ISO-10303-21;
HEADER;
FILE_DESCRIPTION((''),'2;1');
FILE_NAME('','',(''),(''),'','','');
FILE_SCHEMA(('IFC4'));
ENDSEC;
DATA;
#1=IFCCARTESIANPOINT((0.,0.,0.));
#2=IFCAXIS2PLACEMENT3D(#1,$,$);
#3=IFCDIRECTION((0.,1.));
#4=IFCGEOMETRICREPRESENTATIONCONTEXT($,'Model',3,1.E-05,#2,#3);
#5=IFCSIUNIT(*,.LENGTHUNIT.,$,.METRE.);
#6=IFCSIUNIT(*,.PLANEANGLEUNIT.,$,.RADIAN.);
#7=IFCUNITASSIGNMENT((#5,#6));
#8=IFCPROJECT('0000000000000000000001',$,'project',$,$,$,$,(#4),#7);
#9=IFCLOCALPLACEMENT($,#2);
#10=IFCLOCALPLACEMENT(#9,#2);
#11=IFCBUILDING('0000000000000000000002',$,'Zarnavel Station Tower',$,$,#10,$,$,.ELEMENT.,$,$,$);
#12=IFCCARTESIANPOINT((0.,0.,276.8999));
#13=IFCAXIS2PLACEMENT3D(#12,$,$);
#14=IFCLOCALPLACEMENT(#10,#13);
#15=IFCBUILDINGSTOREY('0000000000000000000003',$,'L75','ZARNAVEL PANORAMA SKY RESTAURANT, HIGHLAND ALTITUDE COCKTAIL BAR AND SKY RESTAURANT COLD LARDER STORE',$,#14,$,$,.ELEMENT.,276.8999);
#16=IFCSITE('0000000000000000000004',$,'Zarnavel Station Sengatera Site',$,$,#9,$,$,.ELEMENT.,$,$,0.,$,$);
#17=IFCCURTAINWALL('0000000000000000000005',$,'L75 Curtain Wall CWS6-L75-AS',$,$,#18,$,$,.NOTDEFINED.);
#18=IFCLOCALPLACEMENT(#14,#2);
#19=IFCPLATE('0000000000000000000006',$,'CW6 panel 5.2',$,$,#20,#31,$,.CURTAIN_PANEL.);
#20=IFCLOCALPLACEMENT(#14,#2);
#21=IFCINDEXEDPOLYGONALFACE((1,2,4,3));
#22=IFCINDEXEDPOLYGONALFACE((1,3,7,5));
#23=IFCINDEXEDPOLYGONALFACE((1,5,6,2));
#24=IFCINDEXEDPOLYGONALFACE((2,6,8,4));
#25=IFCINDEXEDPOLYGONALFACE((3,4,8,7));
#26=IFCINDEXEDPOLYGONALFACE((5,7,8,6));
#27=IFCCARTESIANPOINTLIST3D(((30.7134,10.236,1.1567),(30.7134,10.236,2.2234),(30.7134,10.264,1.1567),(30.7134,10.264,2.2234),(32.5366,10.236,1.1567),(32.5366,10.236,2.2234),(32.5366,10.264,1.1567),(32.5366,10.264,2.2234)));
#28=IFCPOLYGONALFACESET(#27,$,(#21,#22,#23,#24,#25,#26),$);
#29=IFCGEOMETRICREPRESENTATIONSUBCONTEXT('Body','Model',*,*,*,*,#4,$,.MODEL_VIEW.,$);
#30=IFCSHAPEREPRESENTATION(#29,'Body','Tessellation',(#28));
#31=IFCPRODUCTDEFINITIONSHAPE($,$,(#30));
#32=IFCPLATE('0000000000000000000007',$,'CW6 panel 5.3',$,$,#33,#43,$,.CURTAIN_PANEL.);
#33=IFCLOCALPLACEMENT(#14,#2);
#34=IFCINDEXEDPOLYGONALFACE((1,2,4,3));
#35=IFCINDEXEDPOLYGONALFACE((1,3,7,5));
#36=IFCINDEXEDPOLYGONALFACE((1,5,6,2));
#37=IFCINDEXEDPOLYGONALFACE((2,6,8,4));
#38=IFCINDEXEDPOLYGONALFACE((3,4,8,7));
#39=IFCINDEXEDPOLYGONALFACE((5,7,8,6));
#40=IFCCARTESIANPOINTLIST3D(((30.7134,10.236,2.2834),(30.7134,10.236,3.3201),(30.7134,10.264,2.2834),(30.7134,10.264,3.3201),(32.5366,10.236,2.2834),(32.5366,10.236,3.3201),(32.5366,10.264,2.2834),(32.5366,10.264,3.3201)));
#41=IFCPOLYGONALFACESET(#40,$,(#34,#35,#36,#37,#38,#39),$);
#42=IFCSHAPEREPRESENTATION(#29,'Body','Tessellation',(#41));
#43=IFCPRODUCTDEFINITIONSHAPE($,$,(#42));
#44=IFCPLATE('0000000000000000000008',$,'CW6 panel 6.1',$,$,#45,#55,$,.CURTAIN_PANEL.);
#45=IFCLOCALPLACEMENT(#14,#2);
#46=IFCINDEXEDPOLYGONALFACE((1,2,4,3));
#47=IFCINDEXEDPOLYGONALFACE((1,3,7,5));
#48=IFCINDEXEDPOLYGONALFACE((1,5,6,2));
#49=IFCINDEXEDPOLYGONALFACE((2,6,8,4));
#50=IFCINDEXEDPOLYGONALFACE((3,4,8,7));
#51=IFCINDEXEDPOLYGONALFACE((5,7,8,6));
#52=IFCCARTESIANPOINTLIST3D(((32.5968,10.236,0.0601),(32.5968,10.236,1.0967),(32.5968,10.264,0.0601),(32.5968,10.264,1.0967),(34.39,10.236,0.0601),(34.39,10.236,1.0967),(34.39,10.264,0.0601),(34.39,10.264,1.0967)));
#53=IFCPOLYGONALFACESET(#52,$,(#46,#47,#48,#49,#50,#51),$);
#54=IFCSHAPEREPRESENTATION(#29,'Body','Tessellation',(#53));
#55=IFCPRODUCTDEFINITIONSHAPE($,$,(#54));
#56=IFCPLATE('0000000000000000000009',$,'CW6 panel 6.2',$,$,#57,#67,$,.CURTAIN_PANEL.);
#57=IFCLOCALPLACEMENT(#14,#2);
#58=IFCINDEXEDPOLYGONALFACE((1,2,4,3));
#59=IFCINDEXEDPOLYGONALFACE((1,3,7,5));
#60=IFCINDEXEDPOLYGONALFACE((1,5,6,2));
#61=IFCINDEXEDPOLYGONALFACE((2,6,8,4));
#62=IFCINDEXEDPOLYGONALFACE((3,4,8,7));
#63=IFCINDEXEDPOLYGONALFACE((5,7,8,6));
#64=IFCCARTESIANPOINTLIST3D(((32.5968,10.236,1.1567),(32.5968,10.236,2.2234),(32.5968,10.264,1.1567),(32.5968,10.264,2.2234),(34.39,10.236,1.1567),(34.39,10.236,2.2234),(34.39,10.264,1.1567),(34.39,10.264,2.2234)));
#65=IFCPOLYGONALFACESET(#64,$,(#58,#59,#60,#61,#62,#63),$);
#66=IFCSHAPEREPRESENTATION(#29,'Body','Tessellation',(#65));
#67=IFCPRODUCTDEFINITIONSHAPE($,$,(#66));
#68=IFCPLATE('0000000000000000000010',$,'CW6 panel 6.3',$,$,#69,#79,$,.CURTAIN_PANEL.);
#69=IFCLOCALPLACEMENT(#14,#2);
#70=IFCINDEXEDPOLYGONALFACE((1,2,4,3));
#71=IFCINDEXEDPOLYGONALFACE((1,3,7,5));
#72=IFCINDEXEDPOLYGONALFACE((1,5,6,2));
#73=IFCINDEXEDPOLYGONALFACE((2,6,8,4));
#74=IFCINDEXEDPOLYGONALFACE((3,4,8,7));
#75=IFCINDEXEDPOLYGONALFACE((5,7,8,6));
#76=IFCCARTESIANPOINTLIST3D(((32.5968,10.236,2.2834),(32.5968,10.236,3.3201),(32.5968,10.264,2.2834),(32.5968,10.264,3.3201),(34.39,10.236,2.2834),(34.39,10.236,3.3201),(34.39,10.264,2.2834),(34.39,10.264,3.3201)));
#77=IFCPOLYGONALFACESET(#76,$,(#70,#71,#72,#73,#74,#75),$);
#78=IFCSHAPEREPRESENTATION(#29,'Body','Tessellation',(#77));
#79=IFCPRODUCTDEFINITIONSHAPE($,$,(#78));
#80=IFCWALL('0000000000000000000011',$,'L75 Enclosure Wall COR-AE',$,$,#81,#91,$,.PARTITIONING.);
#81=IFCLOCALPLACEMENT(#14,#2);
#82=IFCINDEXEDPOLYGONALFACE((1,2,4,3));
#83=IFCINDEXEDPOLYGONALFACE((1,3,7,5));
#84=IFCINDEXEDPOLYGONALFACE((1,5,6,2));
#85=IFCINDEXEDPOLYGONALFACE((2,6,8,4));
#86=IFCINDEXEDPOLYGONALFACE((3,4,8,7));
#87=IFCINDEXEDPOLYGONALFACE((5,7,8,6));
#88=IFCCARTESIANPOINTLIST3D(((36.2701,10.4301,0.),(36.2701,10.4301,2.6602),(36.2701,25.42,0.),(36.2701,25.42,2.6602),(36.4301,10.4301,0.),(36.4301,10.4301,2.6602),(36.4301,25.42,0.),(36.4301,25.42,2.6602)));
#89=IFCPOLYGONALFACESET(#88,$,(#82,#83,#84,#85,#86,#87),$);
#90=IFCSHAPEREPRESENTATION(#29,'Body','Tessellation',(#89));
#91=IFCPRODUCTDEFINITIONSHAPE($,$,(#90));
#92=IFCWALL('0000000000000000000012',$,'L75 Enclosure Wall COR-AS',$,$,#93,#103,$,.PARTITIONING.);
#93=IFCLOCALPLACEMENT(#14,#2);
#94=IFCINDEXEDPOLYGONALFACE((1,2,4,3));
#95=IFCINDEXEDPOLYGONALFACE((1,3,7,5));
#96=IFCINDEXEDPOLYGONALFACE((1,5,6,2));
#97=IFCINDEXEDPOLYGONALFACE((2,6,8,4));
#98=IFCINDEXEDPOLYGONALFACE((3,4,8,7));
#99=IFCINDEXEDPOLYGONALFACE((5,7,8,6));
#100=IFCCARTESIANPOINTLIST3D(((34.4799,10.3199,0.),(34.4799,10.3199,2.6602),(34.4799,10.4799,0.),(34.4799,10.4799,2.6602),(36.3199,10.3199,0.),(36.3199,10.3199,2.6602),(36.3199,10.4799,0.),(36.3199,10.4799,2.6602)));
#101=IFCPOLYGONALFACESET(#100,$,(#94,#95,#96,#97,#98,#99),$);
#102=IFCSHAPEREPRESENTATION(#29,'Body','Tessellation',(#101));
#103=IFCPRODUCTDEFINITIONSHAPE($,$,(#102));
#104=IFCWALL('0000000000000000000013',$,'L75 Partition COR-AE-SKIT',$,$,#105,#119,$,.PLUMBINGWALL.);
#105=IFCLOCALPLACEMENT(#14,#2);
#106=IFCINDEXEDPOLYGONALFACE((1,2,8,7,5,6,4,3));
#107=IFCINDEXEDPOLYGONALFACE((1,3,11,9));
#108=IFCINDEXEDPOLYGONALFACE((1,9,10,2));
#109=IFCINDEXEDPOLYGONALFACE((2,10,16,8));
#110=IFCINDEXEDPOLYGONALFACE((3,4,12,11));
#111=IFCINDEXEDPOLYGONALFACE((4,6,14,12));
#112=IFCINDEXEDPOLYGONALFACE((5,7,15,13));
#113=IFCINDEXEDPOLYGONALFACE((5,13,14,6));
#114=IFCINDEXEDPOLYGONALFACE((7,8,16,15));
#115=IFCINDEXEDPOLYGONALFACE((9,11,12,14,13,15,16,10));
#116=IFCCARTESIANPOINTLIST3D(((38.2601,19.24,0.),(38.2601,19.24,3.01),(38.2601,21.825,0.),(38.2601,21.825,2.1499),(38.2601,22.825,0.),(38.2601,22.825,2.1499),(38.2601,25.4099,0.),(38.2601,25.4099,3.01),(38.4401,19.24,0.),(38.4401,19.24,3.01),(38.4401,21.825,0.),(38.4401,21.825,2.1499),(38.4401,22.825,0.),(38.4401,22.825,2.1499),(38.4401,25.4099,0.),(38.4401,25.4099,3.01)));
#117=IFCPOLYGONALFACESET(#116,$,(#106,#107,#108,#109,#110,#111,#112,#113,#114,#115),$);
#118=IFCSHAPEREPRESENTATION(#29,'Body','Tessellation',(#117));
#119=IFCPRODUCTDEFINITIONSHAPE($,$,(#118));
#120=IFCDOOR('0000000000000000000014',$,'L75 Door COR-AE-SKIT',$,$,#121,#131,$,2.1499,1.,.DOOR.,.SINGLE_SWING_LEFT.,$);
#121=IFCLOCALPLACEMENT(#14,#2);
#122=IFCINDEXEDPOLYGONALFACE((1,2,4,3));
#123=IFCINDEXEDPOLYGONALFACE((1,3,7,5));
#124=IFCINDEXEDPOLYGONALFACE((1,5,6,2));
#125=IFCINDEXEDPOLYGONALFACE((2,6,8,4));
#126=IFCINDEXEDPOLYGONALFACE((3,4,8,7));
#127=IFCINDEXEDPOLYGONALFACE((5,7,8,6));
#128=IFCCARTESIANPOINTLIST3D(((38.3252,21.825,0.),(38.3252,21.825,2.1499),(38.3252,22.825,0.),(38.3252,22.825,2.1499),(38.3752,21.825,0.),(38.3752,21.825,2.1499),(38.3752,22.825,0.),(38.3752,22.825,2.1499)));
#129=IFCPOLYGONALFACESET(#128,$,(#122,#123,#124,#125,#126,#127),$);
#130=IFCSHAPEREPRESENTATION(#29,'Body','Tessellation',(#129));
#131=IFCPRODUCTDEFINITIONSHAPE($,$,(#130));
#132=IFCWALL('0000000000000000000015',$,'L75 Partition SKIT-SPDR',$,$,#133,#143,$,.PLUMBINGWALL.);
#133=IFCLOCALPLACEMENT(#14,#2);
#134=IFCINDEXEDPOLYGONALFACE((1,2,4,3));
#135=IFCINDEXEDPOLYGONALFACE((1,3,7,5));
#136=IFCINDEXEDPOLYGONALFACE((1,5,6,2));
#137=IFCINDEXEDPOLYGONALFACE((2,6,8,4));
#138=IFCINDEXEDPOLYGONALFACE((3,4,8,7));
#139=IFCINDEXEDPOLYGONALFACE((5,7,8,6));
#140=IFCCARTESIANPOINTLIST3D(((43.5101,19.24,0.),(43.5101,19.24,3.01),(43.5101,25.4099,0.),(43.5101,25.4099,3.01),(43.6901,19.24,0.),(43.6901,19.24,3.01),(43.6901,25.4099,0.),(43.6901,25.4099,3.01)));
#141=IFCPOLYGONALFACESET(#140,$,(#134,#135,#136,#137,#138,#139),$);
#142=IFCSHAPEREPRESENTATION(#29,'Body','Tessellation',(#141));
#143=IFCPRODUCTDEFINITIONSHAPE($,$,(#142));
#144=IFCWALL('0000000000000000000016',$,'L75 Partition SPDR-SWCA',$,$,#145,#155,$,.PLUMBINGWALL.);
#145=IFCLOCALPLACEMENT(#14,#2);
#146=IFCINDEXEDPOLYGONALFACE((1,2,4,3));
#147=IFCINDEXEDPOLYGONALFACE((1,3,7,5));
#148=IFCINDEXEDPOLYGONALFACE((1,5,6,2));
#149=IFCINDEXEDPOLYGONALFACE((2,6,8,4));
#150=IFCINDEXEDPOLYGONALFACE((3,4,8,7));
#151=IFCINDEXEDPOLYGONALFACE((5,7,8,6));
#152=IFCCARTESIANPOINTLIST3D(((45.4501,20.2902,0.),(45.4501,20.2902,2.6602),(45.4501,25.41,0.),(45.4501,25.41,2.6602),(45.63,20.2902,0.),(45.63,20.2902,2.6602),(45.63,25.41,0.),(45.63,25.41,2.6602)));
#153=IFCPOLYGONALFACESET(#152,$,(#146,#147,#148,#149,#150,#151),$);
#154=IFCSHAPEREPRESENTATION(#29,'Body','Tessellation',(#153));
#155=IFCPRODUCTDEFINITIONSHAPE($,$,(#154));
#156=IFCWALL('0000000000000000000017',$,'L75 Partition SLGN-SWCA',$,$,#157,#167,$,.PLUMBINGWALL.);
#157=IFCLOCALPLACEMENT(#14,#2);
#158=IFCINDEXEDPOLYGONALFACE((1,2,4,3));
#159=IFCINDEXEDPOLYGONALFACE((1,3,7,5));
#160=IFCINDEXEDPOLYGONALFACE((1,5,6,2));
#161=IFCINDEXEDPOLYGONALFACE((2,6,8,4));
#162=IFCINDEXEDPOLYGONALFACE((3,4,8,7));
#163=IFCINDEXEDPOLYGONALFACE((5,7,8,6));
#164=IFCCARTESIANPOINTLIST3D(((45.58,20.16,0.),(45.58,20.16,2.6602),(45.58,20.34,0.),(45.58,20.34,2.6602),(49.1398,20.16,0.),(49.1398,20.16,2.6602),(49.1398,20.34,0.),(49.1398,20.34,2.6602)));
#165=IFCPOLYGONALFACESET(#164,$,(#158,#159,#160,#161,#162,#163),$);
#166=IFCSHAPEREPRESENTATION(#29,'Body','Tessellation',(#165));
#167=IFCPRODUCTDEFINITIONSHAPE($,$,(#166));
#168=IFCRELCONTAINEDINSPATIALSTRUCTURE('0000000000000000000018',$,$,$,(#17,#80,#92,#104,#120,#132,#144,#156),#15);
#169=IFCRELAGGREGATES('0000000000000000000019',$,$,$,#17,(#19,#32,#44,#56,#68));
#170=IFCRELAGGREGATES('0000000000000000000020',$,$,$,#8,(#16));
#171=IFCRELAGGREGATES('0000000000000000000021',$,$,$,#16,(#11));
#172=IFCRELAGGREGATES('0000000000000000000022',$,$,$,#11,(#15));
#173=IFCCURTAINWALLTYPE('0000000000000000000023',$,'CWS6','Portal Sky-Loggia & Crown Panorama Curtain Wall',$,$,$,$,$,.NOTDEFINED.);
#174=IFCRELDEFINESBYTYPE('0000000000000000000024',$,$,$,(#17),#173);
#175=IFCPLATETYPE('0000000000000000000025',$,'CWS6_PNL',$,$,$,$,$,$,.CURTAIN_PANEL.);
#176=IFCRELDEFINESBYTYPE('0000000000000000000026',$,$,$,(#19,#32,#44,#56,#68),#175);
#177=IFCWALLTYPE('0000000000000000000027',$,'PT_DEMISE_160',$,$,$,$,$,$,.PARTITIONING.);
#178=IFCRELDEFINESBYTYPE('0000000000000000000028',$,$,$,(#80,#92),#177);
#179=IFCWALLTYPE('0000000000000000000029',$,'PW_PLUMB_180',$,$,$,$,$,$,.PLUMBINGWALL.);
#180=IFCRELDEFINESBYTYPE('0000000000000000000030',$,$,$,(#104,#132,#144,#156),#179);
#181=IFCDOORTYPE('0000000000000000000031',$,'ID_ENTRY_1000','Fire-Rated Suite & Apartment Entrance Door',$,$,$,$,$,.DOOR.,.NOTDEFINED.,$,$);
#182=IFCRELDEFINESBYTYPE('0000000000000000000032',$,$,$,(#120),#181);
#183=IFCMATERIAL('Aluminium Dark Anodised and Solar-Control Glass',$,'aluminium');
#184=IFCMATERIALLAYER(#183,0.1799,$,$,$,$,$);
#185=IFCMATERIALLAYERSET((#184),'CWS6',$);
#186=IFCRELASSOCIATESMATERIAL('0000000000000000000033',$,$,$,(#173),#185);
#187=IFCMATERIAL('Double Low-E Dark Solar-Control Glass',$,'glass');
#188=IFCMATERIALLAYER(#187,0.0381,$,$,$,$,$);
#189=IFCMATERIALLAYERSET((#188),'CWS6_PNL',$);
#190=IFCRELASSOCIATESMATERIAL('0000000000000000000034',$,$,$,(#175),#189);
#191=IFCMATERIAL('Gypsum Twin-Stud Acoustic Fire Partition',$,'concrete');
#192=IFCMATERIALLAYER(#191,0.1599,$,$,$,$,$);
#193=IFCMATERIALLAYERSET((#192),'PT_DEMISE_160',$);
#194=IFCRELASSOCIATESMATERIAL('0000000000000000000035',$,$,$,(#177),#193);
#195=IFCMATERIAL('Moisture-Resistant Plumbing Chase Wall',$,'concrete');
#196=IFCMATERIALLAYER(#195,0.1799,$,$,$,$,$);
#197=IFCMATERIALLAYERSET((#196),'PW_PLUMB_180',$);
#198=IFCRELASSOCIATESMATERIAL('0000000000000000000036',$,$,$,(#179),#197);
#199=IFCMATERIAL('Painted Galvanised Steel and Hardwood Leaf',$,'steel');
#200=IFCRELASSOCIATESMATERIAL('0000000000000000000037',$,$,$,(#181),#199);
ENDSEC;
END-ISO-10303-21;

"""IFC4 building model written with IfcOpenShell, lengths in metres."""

from ifc_helpers import new_model, si_unit, direction, frame, frame_2d, origin, origin_2d, place, context, subcontext, project, spatial, rectangle, extrude, material, layer, layer_set, type_object, element, fill, aggregate, save


model = new_model("IFC4")

# Units and contexts
model_context = context("Model", 3, precision=1e-05, world=origin(), true_north=direction((0.0, 1.0)))
body_context = subcontext(model_context, "Body", "Model", "MODEL_VIEW")
ifc_project = project(units=[si_unit("LENGTHUNIT", "METRE"), si_unit("PLANEANGLEUNIT", "RADIAN")], contexts=[model_context])

# Site, building, storey
site_placement = place(None, origin())
site = spatial("IfcSite", under=ifc_project, at=site_placement, Name="Zarnavel Station Sengatera Site", CompositionType="ELEMENT", RefElevation=0.0)
building_placement = place(site_placement, origin())
building = spatial("IfcBuilding", under=site, at=building_placement, Name="Zarnavel Station Tower", CompositionType="ELEMENT")
storey_placement = place(building_placement, frame((0.0, 0.0, 276.8999)))
storey = spatial("IfcBuildingStorey", under=building, at=storey_placement, Name="L75", Description="ZARNAVEL PANORAMA SKY RESTAURANT, HIGHLAND ALTITUDE COCKTAIL BAR AND SKY RESTAURANT COLD LARDER STORE", CompositionType="ELEMENT", Elevation=276.8999)

# Curtain wall
ifc_material_1 = material(Name="Aluminium Dark Anodised and Solar-Control Glass", Category="aluminium")
ifc_layer_1 = layer(ifc_material_1, 0.1799)
ifc_layer_set_1 = layer_set([ifc_layer_1], Name="CWS6")
curtain_wall_type = type_object("IfcCurtainWallType", Name="CWS6", Description="Portal Sky-Loggia & Crown Panorama Curtain Wall", PredefinedType="NOTDEFINED", material=ifc_layer_set_1)
curtain_wall_placement = place(storey_placement, origin())
curtain_wall = element("IfcCurtainWall", 1, at=curtain_wall_placement, inside=storey, type_object=curtain_wall_type, Name="L75 Curtain Wall CWS6-L75-AS", PredefinedType="NOTDEFINED")

# Plates
ifc_material_2 = material(Name="Double Low-E Dark Solar-Control Glass", Category="glass")
ifc_layer_2 = layer(ifc_material_2, 0.0381)
ifc_layer_set_2 = layer_set([ifc_layer_2], Name="CWS6_PNL")
plate_type = type_object("IfcPlateType", Name="CWS6_PNL", PredefinedType="CURTAIN_PANEL", material=ifc_layer_set_2)
plate_1_placement = place(storey_placement, frame((31.625, 10.25, 1.1567), z_axis=(0.0, 0.0, 1.0), x_axis=(1.0, 0.0, 0.0)))
plate_1 = element("IfcPlate", 2, at=plate_1_placement, type_object=plate_type, Name="CW6 panel 5.2", PredefinedType="CURTAIN_PANEL", context=body_context, shape_type="SweptSolid", body=[
    extrude(rectangle(XDim=1.8232, YDim=0.0281, at=origin_2d()), origin(), (0.0, 0.0, 1.0), 1.0667),
])
plate_2_placement = place(storey_placement, frame((31.625, 10.25, 2.2834), z_axis=(0.0, 0.0, 1.0), x_axis=(1.0, 0.0, 0.0)))
plate_2 = element("IfcPlate", 3, at=plate_2_placement, type_object=plate_type, Name="CW6 panel 5.3", PredefinedType="CURTAIN_PANEL", context=body_context, shape_type="SweptSolid", body=[
    extrude(rectangle(XDim=1.8232, YDim=0.0281, at=origin_2d()), origin(), (0.0, 0.0, 1.0), 1.0366),
])
plate_3_placement = place(storey_placement, frame((33.4934, 10.25, 0.0601), z_axis=(0.0, 0.0, 1.0), x_axis=(1.0, 0.0, 0.0)))
plate_3 = element("IfcPlate", 4, at=plate_3_placement, type_object=plate_type, Name="CW6 panel 6.1", PredefinedType="CURTAIN_PANEL", context=body_context, shape_type="SweptSolid", body=[
    extrude(rectangle(XDim=1.7932, YDim=0.0281, at=origin_2d()), origin(), (0.0, 0.0, 1.0), 1.0366),
])
plate_4_placement = place(storey_placement, frame((33.4934, 10.25, 1.1567), z_axis=(0.0, 0.0, 1.0), x_axis=(1.0, 0.0, 0.0)))
plate_4 = element("IfcPlate", 5, at=plate_4_placement, type_object=plate_type, Name="CW6 panel 6.2", PredefinedType="CURTAIN_PANEL", context=body_context, shape_type="SweptSolid", body=[
    extrude(rectangle(XDim=1.7932, YDim=0.0281, at=origin_2d()), origin(), (0.0, 0.0, 1.0), 1.0667),
])
plate_5_placement = place(storey_placement, frame((33.4934, 10.25, 2.2834), z_axis=(0.0, 0.0, 1.0), x_axis=(1.0, 0.0, 0.0)))
plate_5 = element("IfcPlate", 6, at=plate_5_placement, type_object=plate_type, Name="CW6 panel 6.3", PredefinedType="CURTAIN_PANEL", context=body_context, shape_type="SweptSolid", body=[
    extrude(rectangle(XDim=1.7932, YDim=0.0281, at=origin_2d()), origin(), (0.0, 0.0, 1.0), 1.0366),
])
aggregate(curtain_wall, [plate_1, plate_2, plate_3, plate_4, plate_5])

# Walls
ifc_material_3 = material(Name="Gypsum Twin-Stud Acoustic Fire Partition", Category="concrete")
ifc_layer_3 = layer(ifc_material_3, 0.1599)
ifc_layer_set_3 = layer_set([ifc_layer_3], Name="PT_DEMISE_160")
wall_type_1 = type_object("IfcWallType", Name="PT_DEMISE_160", PredefinedType="PARTITIONING", material=ifc_layer_set_3)
wall_1_placement = place(storey_placement, frame((36.3501, 10.4299, 0.0), z_axis=(0.0, 0.0, 1.0), x_axis=(0.0, 1.0, 0.0)))
element("IfcWall", 7, at=wall_1_placement, inside=storey, type_object=wall_type_1, Name="L75 Enclosure Wall COR-AE", PredefinedType="PARTITIONING", context=body_context, shape_type="SweptSolid", body=[
    extrude(rectangle(XDim=14.99, YDim=0.1599, at=frame_2d((7.4951, 0.0))), origin(), (0.0, 0.0, 1.0), 2.6602),
])
wall_2_placement = place(storey_placement, frame((34.48, 10.3999, 0.0), z_axis=(0.0, 0.0, 1.0), x_axis=(1.0, 0.0, 0.0)))
element("IfcWall", 8, at=wall_2_placement, inside=storey, type_object=wall_type_1, Name="L75 Enclosure Wall COR-AS", PredefinedType="PARTITIONING", context=body_context, shape_type="SweptSolid", body=[
    extrude(rectangle(XDim=1.8401, YDim=0.1599, at=frame_2d((0.9199, 0.0))), origin(), (0.0, 0.0, 1.0), 2.6602),
])

# Wall, opening, door
ifc_material_4 = material(Name="Moisture-Resistant Plumbing Chase Wall", Category="concrete")
ifc_layer_4 = layer(ifc_material_4, 0.1799)
ifc_layer_set_4 = layer_set([ifc_layer_4], Name="PW_PLUMB_180")
wall_type_2 = type_object("IfcWallType", Name="PW_PLUMB_180", PredefinedType="PLUMBINGWALL", material=ifc_layer_set_4)
wall_3_placement = place(storey_placement, frame((38.3501, 19.24, 0.0), z_axis=(0.0, 0.0, 1.0), x_axis=(0.0, 1.0, 0.0)))
wall_3 = element("IfcWall", 9, at=wall_3_placement, inside=storey, type_object=wall_type_2, Name="L75 Partition COR-AE-SKIT", PredefinedType="PLUMBINGWALL", context=body_context, shape_type="SweptSolid", body=[
    extrude(rectangle(XDim=6.1699, YDim=0.1799, at=frame_2d((3.085, 0.0))), origin(), (0.0, 0.0, 1.0), 3.01),
])
opening_1_placement = place(wall_3_placement, frame((2.585, 0.0, 0.0)))
opening_1 = element("IfcOpeningElement", 10, at=opening_1_placement, cuts=wall_3, PredefinedType="OPENING", context=body_context, shape_type="SweptSolid", body=[
    extrude(rectangle(XDim=1.0, YDim=2.1499, at=frame_2d((0.5, 1.075))), frame((0.0, 0.0999, 0.0), z_axis=(0.0, -1.0, 0.0), x_axis=(1.0, 0.0, 0.0)), (0.0, 0.0, 1.0), 0.2),
])
ifc_material_5 = material(Name="Painted Galvanised Steel and Hardwood Leaf", Category="steel")
door_type = type_object("IfcDoorType", Name="ID_ENTRY_1000", Description="Fire-Rated Suite & Apartment Entrance Door", OperationType="NOTDEFINED", PredefinedType="DOOR", material=ifc_material_5)
door_1_placement = place(opening_1_placement, origin())
door_1 = element("IfcDoor", 11, at=door_1_placement, inside=storey, type_object=door_type, Name="L75 Door COR-AE-SKIT", OperationType="SINGLE_SWING_LEFT", OverallHeight=2.1499, OverallWidth=1.0, PredefinedType="DOOR", context=body_context, shape_type="SweptSolid", body=[
    extrude(rectangle(XDim=1.0, YDim=2.1499, at=frame_2d((0.5, 1.075))), frame((0.0, 0.0249, 0.0), z_axis=(0.0, -1.0, 0.0), x_axis=(1.0, 0.0, 0.0)), (0.0, 0.0, 1.0), 0.05),
])
fill(opening_1, door_1)

# Walls
wall_4_placement = place(storey_placement, frame((43.6001, 19.24, 0.0), z_axis=(0.0, 0.0, 1.0), x_axis=(0.0, 1.0, 0.0)))
element("IfcWall", 12, at=wall_4_placement, inside=storey, type_object=wall_type_2, Name="L75 Partition SKIT-SPDR", PredefinedType="PLUMBINGWALL", context=body_context, shape_type="SweptSolid", body=[
    extrude(rectangle(XDim=6.1699, YDim=0.1799, at=frame_2d((3.085, 0.0))), origin(), (0.0, 0.0, 1.0), 3.01),
])
wall_5_placement = place(storey_placement, frame((45.54, 20.29, 0.0), z_axis=(0.0, 0.0, 1.0), x_axis=(0.0, 1.0, 0.0)))
element("IfcWall", 13, at=wall_5_placement, inside=storey, type_object=wall_type_2, Name="L75 Partition SPDR-SWCA", PredefinedType="PLUMBINGWALL", context=body_context, shape_type="SweptSolid", body=[
    extrude(rectangle(XDim=5.1199, YDim=0.1799, at=frame_2d((2.5601, 0.0))), origin(), (0.0, 0.0, 1.0), 2.6602),
])
wall_6_placement = place(storey_placement, frame((45.5801, 20.25, 0.0), z_axis=(0.0, 0.0, 1.0), x_axis=(1.0, 0.0, 0.0)))
element("IfcWall", 14, at=wall_6_placement, inside=storey, type_object=wall_type_2, Name="L75 Partition SLGN-SWCA", PredefinedType="PLUMBINGWALL", context=body_context, shape_type="SweptSolid", body=[
    extrude(rectangle(XDim=3.5598, YDim=0.1799, at=frame_2d((1.7798, 0.0))), origin(), (0.0, 0.0, 1.0), 2.6602),
])

save(model, "model.ifc")
